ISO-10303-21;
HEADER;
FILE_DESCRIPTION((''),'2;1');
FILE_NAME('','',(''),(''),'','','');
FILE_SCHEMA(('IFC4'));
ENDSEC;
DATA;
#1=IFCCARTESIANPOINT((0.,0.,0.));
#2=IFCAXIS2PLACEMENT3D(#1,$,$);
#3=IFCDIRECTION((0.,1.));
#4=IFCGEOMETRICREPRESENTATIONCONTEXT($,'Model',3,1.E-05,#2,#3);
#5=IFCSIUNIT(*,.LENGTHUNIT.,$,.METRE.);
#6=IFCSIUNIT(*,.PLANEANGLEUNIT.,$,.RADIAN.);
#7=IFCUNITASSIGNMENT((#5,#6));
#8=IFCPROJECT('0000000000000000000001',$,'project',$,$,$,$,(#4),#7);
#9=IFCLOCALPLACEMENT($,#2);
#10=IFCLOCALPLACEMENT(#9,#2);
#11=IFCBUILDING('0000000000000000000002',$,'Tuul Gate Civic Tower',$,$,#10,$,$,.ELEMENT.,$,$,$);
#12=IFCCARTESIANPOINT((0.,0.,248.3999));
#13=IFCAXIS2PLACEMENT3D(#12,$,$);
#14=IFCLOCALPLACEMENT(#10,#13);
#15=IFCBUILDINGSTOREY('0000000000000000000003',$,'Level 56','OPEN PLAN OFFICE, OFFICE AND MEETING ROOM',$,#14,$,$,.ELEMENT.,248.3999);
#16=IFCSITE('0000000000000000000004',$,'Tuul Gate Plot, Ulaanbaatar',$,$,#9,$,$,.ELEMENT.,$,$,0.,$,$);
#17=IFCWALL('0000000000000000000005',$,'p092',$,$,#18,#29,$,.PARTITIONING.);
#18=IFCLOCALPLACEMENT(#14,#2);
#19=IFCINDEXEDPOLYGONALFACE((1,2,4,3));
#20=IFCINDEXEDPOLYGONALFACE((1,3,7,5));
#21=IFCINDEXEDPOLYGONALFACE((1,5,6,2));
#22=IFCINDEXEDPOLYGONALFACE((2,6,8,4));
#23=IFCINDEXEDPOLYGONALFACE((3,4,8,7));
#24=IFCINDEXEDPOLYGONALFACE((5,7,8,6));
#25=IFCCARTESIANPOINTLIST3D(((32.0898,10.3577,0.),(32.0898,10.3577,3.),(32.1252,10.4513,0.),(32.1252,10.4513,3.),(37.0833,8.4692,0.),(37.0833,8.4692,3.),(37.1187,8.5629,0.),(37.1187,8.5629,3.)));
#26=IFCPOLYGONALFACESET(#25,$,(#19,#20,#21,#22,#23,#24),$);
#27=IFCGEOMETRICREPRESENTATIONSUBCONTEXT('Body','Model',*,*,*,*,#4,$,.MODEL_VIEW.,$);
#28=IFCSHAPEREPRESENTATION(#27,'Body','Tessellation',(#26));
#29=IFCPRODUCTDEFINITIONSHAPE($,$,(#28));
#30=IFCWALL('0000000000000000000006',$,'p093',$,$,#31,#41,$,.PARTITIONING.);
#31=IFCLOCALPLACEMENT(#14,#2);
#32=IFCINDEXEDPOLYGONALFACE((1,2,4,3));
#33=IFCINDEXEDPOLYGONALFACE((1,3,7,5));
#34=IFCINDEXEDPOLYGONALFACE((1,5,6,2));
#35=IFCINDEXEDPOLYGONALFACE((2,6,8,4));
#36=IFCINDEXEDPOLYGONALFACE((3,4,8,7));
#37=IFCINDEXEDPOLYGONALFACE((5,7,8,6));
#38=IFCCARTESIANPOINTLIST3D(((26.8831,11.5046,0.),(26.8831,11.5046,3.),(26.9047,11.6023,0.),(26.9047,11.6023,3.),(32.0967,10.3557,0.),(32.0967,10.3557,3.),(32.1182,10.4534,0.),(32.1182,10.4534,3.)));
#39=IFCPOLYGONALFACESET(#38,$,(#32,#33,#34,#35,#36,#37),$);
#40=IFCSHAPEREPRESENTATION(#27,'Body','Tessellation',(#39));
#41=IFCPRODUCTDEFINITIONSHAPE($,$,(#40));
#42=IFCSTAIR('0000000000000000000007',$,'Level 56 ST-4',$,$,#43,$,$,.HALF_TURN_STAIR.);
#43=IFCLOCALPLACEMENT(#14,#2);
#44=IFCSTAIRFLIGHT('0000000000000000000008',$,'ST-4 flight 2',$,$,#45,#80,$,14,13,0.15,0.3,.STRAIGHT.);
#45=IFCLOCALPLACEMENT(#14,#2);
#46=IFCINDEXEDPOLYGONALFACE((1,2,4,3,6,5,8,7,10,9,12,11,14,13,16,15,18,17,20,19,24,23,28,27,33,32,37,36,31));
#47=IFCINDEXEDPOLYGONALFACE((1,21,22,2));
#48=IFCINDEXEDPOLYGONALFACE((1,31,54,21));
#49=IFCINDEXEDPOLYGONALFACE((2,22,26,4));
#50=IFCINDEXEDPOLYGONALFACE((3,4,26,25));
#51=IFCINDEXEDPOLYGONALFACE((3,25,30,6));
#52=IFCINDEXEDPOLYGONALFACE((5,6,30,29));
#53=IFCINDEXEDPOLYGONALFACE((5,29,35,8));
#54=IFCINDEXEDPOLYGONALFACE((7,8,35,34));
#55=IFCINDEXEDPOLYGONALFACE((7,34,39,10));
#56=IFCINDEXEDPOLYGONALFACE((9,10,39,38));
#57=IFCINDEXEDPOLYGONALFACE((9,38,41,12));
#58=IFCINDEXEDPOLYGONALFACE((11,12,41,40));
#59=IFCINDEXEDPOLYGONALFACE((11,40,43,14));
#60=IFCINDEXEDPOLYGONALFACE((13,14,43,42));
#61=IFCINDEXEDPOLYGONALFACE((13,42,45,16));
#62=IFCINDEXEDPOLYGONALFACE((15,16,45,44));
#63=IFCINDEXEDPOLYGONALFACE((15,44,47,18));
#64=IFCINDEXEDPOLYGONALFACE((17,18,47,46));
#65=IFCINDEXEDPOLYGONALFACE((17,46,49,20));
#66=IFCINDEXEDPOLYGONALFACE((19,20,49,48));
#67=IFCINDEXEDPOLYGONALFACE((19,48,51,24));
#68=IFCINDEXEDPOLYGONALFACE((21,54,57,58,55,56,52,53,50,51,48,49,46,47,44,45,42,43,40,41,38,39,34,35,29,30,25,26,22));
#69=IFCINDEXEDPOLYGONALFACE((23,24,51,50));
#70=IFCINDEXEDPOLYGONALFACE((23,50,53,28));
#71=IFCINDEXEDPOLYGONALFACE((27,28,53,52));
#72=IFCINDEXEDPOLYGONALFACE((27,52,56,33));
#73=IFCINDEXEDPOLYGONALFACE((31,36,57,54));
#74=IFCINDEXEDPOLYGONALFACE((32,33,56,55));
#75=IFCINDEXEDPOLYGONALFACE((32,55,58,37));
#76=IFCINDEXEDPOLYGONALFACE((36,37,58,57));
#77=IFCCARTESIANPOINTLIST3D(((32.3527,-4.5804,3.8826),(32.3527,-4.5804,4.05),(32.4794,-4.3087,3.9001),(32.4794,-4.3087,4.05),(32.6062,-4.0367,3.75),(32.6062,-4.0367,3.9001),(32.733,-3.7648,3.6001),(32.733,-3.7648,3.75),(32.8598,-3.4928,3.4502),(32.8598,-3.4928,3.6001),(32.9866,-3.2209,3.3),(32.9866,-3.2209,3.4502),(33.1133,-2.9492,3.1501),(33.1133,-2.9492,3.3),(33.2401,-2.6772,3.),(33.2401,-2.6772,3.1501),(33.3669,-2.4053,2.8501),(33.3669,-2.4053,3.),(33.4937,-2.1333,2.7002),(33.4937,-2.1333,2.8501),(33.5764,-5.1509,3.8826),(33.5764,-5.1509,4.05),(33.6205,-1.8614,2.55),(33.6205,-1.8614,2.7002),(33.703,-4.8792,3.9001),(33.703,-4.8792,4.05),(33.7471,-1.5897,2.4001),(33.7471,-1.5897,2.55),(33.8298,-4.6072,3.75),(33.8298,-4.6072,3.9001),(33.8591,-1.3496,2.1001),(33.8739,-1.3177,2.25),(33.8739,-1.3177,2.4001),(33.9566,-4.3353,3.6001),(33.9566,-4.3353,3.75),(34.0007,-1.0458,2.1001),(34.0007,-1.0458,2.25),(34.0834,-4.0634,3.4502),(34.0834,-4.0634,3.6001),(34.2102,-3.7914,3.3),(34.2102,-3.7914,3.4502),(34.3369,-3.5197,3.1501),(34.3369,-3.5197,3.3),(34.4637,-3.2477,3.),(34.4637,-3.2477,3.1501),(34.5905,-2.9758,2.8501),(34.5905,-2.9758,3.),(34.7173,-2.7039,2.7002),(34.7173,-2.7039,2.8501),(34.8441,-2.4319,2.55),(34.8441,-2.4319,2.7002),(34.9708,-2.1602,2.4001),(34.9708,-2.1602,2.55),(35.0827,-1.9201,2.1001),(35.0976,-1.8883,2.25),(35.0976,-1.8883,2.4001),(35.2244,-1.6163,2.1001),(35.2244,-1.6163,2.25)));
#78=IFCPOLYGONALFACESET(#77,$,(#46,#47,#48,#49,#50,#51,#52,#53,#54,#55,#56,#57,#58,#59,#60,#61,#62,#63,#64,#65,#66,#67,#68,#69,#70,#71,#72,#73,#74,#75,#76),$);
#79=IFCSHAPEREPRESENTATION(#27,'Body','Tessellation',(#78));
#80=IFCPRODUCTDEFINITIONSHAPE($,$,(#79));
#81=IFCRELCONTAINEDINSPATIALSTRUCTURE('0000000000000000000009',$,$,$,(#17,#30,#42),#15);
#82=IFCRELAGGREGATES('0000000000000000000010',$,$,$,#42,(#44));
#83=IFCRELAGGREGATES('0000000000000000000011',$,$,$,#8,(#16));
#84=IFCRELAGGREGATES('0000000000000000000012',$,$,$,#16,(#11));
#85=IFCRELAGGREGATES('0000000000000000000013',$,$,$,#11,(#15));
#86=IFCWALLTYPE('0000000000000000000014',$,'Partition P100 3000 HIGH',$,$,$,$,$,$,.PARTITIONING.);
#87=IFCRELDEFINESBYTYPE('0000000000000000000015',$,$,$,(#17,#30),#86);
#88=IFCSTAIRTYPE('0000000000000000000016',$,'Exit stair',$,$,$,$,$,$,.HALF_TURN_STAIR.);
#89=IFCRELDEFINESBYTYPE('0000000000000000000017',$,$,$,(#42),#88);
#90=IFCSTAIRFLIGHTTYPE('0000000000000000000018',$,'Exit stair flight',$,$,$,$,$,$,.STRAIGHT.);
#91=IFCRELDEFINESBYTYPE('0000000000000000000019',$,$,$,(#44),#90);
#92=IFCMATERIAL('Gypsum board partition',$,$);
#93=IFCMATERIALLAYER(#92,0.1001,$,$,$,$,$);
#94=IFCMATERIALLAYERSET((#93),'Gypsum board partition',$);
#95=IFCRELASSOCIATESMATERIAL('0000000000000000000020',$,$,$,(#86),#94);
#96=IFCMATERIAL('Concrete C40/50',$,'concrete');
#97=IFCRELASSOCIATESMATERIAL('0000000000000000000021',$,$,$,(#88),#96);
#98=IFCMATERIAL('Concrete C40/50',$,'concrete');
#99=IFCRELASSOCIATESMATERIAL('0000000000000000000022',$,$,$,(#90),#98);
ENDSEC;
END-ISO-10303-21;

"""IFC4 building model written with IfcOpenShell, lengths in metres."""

from ifc_helpers import new_model, si_unit, direction, frame, frame_2d, origin, place, context, subcontext, project, spatial, polyline, rectangle, outline, extrude, material, layer, layer_set, type_object, element, aggregate, save


model = new_model("IFC4")

# Units and contexts
model_context = context("Model", 3, precision=1e-05, world=origin(), true_north=direction((0.0, 1.0)))
body_context = subcontext(model_context, "Body", "Model", "MODEL_VIEW")
ifc_project = project(units=[si_unit("LENGTHUNIT", "METRE"), si_unit("PLANEANGLEUNIT", "RADIAN")], contexts=[model_context])

# Site, building, storey
site_placement = place(None, origin())
site = spatial("IfcSite", under=ifc_project, at=site_placement, Name="Tuul Gate Plot, Ulaanbaatar", CompositionType="ELEMENT", RefElevation=0.0)
building_placement = place(site_placement, origin())
building = spatial("IfcBuilding", under=site, at=building_placement, Name="Tuul Gate Civic Tower", CompositionType="ELEMENT")
storey_placement = place(building_placement, frame((0.0, 0.0, 248.3999)))
storey = spatial("IfcBuildingStorey", under=building, at=storey_placement, Name="Level 56", Description="OPEN PLAN OFFICE, OFFICE AND MEETING ROOM", CompositionType="ELEMENT", Elevation=248.3999)

# Walls
ifc_material_1 = material(Name="Gypsum board partition")
ifc_layer_1 = layer(ifc_material_1, 0.1001)
ifc_layer_set_1 = layer_set([ifc_layer_1], Name="Gypsum board partition")
wall_type_1 = type_object("IfcWallType", Name="Partition P100 3000 HIGH", PredefinedType="PARTITIONING", material=ifc_layer_set_1)
for number, where, z_axis, x_axis, name in (
    (1, (32.1074, 10.4045, 0.0), (0.0, 0.0, 1.0), (0.935346, -0.353733, 0.0), "p092"),
    (2, (26.8938, 11.5535, 0.0), (0.0, 0.0, 1.0), (0.976569, -0.215206, 0.0), "p093"),
):
    element("IfcWall", number, at=place(storey_placement, frame(where, z_axis=z_axis, x_axis=x_axis)), inside=storey, type_object=wall_type_1, Name=name, PredefinedType="PARTITIONING", context=body_context, shape_type="SweptSolid", body=[
        extrude(rectangle(XDim=5.3386, YDim=0.1001, at=frame_2d((2.6694, 0.0))), origin(), (0.0, 0.0, 1.0), 3.0),
    ])

# Stair, stair flight
ifc_material_2 = material(Name="Concrete C40/50", Category="concrete")
stair_type = type_object("IfcStairType", Name="Exit stair", PredefinedType="HALF_TURN_STAIR", material=ifc_material_2)
stair_placement = place(storey_placement, origin())
stair = element("IfcStair", 3, at=stair_placement, inside=storey, type_object=stair_type, Name="Level 56 ST-4", PredefinedType="HALF_TURN_STAIR")
ifc_material_3 = material(Name="Concrete C40/50", Category="concrete")
stair_flight_type = type_object("IfcStairFlightType", Name="Exit stair flight", PredefinedType="STRAIGHT", material=ifc_material_3)
stair_flight_placement = place(storey_placement, frame((34.6125, -1.3311, 2.1001), z_axis=(0.0, 0.0, 1.0), x_axis=(-0.422576, -0.906327, 0.0)))
stair_flight = element("IfcStairFlight", 4, at=stair_flight_placement, type_object=stair_flight_type, Name="ST-4 flight 2", NumberOfRisers=14, NumberOfTreads=13, PredefinedType="STRAIGHT", RiserHeight=0.15, TreadLength=0.3, context=body_context, shape_type="SweptSolid", body=[
    extrude(outline(polyline([(0.0, 0.0), (0.0, 0.1499), (0.3, 0.1499), (0.3, 0.3), (0.6001, 0.3), (0.6001, 0.45), (0.8999, 0.45), (0.8999, 0.6001), (1.2, 0.6001), (1.2, 0.75), (1.5, 0.75), (1.5, 0.8999), (1.8, 0.8999), (1.8, 1.05), (2.1001, 1.05), (2.1001, 1.2), (2.3999, 1.2), (2.3999, 1.3501), (2.7, 1.3501), (2.7, 1.5), (3.0, 1.5), (3.0, 1.6499), (3.3, 1.6499), (3.3, 1.8), (3.6001, 1.8), (3.6001, 1.95), (3.8999, 1.95), (3.8999, 2.1001), (3.8999, 1.7825), (0.3352, 0.0), (0.0, 0.0)])), frame((0.0, 0.675, 0.0), z_axis=(0.0, -1.0, 0.0), x_axis=(1.0, 0.0, 0.0)), (0.0, 0.0, 1.0), 1.3501),
])
aggregate(stair, [stair_flight])

save(model, "model.ifc")
